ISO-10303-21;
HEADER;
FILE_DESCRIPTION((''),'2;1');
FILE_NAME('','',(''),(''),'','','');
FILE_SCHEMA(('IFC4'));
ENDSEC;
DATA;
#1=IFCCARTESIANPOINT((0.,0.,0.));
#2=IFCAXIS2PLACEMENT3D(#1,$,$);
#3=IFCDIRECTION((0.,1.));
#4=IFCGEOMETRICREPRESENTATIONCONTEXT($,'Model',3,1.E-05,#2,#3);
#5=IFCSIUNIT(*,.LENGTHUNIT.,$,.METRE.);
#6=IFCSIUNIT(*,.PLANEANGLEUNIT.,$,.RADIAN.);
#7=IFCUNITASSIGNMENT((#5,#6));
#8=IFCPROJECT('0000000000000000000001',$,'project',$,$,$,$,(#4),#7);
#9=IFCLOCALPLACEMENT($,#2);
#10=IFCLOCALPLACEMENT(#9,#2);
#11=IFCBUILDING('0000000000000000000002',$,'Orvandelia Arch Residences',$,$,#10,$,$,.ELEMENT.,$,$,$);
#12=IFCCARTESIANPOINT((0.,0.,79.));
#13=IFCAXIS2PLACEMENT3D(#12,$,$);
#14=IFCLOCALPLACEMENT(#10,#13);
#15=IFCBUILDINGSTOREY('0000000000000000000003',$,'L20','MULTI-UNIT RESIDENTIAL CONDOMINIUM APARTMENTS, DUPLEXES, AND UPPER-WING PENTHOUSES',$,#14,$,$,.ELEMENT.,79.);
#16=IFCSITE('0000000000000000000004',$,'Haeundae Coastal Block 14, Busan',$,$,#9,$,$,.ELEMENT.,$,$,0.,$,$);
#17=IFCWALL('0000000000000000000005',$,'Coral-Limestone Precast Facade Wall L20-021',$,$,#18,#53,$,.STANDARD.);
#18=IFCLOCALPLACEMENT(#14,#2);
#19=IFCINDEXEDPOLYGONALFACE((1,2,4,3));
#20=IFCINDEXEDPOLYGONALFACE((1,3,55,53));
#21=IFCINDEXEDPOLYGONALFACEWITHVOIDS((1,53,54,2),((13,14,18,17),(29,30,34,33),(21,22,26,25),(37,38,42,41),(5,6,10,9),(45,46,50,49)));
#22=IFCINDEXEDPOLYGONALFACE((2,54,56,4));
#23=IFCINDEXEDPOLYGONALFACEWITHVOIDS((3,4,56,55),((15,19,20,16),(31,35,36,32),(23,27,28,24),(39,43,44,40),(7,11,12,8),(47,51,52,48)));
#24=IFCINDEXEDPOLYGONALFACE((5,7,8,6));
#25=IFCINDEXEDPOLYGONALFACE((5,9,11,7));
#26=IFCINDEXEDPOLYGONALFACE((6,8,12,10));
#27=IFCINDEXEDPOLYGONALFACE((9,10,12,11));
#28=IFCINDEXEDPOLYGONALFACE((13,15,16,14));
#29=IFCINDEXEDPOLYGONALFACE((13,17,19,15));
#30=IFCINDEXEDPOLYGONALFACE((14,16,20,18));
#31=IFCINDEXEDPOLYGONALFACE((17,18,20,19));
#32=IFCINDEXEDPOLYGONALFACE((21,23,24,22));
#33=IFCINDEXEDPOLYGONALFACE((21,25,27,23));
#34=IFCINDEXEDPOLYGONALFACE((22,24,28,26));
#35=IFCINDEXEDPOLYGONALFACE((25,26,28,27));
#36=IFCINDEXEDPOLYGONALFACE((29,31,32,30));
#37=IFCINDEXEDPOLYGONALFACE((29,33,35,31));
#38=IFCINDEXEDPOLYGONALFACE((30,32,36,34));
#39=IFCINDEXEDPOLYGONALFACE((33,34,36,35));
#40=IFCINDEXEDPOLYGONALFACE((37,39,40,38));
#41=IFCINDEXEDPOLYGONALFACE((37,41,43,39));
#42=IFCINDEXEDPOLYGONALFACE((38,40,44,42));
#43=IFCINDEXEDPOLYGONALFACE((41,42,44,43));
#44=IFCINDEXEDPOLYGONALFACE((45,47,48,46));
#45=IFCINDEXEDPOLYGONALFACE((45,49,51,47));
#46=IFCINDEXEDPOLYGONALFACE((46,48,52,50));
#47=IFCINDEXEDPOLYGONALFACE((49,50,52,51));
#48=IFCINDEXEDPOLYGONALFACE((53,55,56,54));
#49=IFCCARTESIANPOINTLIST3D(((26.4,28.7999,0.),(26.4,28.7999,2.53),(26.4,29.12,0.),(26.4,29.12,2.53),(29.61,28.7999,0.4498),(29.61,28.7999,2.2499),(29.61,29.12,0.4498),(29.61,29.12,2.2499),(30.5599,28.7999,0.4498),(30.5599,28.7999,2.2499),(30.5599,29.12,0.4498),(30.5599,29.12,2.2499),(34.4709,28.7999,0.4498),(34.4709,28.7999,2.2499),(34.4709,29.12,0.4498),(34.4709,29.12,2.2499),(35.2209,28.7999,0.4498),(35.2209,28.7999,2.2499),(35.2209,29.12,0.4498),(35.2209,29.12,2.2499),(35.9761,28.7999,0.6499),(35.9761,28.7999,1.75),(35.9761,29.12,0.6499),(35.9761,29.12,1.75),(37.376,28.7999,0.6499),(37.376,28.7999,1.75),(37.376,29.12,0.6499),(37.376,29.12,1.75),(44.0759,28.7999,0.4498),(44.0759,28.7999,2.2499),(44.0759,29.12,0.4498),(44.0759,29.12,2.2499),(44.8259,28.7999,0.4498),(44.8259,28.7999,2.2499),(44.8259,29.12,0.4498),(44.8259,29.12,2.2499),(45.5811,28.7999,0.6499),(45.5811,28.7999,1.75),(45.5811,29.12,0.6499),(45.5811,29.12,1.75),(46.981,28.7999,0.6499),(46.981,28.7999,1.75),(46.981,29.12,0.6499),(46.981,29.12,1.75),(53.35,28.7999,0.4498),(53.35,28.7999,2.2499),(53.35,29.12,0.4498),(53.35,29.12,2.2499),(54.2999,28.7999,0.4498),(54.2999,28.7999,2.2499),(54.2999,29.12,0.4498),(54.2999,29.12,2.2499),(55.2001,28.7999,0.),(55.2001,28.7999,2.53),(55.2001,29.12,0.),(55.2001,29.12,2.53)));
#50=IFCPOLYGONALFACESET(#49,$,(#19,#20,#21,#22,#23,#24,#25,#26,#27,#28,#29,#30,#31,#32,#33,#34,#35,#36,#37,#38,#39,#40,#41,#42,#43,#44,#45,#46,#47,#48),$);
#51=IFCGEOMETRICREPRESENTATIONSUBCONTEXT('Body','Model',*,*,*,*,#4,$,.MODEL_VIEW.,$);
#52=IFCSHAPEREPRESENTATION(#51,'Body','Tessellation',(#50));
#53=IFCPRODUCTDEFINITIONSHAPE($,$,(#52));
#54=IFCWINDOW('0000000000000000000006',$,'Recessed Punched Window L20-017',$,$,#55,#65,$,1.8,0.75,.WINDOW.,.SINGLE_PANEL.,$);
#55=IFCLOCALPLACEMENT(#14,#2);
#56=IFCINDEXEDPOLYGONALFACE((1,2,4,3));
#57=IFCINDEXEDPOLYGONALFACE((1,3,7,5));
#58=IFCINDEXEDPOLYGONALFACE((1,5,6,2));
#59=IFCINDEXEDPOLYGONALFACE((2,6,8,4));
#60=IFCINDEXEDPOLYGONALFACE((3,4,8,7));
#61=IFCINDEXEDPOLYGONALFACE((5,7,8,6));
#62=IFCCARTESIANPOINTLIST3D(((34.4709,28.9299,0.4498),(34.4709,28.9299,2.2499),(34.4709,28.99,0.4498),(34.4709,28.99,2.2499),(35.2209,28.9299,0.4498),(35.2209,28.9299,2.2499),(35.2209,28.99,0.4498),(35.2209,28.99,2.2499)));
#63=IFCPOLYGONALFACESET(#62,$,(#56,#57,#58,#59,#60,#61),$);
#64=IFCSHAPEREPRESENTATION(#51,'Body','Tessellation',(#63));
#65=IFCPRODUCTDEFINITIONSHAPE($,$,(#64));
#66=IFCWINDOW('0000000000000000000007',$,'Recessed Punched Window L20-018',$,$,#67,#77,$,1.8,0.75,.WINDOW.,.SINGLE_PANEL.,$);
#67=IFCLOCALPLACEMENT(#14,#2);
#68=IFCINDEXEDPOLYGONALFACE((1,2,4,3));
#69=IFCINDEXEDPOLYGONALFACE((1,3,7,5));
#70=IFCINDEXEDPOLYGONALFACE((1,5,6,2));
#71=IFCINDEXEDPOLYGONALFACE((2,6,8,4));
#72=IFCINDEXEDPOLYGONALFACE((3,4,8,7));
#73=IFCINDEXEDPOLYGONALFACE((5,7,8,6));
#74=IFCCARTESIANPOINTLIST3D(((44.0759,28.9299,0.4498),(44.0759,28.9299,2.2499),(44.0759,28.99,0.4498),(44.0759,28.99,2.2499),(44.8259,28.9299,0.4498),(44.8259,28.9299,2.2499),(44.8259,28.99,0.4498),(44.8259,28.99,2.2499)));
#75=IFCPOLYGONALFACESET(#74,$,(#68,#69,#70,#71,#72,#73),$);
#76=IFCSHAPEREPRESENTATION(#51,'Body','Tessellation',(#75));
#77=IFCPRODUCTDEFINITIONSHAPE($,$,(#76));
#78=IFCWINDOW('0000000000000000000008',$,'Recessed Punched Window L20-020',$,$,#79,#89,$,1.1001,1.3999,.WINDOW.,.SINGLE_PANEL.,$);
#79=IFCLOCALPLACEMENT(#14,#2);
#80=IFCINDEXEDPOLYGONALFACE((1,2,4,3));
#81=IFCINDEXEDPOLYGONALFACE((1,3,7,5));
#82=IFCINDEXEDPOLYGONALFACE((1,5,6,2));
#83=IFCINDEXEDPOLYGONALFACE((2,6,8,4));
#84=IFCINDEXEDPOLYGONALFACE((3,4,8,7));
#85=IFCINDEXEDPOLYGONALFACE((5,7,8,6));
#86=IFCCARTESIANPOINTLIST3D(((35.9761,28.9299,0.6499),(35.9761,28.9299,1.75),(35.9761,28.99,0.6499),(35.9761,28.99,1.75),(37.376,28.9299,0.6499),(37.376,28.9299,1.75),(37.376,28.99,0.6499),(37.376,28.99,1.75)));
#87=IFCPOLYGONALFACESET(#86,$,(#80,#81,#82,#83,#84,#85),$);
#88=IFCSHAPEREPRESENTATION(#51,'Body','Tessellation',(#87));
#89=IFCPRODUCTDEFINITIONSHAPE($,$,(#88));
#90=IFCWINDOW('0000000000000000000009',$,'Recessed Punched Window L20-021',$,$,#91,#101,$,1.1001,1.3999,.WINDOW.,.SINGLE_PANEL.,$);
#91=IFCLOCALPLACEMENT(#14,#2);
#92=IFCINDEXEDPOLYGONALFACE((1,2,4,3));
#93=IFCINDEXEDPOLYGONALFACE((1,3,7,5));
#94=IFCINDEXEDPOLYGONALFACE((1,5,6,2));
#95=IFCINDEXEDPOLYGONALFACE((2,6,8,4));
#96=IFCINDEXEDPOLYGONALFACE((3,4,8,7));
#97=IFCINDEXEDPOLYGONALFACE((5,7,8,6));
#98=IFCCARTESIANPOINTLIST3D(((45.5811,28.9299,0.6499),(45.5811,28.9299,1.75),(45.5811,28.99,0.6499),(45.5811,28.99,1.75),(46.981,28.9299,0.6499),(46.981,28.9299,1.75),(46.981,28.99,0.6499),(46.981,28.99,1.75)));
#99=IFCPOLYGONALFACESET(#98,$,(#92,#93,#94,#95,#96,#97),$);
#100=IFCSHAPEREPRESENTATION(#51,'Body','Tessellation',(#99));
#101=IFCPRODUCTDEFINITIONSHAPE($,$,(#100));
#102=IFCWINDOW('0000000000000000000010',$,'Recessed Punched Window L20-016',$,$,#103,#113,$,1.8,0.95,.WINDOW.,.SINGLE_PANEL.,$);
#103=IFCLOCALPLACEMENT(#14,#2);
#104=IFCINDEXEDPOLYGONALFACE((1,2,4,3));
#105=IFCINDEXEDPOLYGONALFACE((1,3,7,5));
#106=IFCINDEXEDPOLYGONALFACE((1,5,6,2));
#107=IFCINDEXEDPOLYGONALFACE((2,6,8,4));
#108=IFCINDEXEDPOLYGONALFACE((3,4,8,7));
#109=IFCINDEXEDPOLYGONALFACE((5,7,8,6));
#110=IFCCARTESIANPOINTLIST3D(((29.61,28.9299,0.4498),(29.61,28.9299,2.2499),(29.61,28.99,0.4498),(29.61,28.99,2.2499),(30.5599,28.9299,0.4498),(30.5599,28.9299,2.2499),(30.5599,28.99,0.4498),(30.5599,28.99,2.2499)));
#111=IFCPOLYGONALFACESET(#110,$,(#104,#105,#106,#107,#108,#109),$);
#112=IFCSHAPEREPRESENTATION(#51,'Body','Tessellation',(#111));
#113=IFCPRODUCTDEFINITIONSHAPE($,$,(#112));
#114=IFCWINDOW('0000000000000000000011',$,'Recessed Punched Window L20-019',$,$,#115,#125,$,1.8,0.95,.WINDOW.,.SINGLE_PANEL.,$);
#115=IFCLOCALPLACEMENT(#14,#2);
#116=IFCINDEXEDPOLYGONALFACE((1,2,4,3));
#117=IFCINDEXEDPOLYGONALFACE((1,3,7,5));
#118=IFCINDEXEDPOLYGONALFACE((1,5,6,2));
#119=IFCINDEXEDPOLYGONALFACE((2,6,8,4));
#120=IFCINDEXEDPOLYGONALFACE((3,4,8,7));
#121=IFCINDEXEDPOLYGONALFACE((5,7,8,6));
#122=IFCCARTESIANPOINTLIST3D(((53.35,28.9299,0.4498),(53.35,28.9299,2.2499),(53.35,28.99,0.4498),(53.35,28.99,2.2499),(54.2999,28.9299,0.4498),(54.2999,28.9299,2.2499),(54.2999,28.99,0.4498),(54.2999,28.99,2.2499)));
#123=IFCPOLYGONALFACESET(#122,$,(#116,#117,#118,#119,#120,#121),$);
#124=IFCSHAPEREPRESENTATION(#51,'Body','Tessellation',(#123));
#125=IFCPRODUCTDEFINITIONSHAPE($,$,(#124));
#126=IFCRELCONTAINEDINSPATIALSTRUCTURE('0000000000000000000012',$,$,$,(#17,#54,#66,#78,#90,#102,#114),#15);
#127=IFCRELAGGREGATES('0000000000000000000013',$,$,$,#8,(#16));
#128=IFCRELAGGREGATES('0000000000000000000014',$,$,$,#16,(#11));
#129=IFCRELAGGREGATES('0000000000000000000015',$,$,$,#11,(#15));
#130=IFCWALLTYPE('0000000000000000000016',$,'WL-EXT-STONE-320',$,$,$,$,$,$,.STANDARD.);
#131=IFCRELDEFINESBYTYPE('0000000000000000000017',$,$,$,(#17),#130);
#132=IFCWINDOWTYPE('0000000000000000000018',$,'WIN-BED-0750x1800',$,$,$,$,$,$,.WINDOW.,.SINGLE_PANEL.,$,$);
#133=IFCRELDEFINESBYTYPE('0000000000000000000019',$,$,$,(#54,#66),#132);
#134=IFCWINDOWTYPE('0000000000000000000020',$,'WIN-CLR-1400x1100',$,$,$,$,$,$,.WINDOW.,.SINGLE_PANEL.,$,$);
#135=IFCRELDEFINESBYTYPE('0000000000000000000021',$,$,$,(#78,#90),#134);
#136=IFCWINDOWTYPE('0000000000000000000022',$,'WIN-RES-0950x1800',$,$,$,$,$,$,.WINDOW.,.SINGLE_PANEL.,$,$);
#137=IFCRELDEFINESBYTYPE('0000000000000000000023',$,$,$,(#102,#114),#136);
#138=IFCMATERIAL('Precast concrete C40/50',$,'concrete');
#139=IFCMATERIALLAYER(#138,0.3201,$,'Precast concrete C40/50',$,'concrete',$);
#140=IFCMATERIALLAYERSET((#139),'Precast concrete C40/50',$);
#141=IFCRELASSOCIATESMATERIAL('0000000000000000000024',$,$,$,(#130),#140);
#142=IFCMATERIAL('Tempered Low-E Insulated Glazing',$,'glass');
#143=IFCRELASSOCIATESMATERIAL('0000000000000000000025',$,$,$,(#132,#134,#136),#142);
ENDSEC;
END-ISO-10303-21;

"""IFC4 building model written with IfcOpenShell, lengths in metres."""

from ifc_helpers import new_model, si_unit, direction, frame, frame_2d, origin, place, context, subcontext, project, spatial, rectangle, extrude, material, layer, layer_set, type_object, element, fill, save


model = new_model("IFC4")

# Units and contexts
model_context = context("Model", 3, precision=1e-05, world=origin(), true_north=direction((0.0, 1.0)))
body_context = subcontext(model_context, "Body", "Model", "MODEL_VIEW")
ifc_project = project(units=[si_unit("LENGTHUNIT", "METRE"), si_unit("PLANEANGLEUNIT", "RADIAN")], contexts=[model_context])

# Site, building, storey
site_placement = place(None, origin())
site = spatial("IfcSite", under=ifc_project, at=site_placement, Name="Haeundae Coastal Block 14, Busan", CompositionType="ELEMENT", RefElevation=0.0)
building_placement = place(site_placement, origin())
building = spatial("IfcBuilding", under=site, at=building_placement, Name="Orvandelia Arch Residences", CompositionType="ELEMENT")
storey_placement = place(building_placement, frame((0.0, 0.0, 79.0)))
storey = spatial("IfcBuildingStorey", under=building, at=storey_placement, Name="L20", Description="MULTI-UNIT RESIDENTIAL CONDOMINIUM APARTMENTS, DUPLEXES, AND UPPER-WING PENTHOUSES", CompositionType="ELEMENT", Elevation=79.0)

# Shared definitions
ifc_material_1 = material(Name="Precast concrete C40/50", Category="concrete")
ifc_layer_1 = layer(ifc_material_1, 0.3201, Name="Precast concrete C40/50", Category="concrete")
ifc_layer_set_1 = layer_set([ifc_layer_1], Name="Precast concrete C40/50")
wall_type_1 = type_object("IfcWallType", Name="WL-EXT-STONE-320", PredefinedType="STANDARD", material=ifc_layer_set_1)

# Wall, openings, windows
wall_1_placement = place(storey_placement, frame((55.2, 28.96, 0.0), z_axis=(0.0, 0.0, 1.0), x_axis=(-1.0, 0.0, 0.0)))
wall_1 = element("IfcWall", 1, at=wall_1_placement, inside=storey, type_object=wall_type_1, Name="Coral-Limestone Precast Facade Wall L20-021", PredefinedType="STANDARD", context=body_context, shape_type="SweptSolid", body=[
    extrude(rectangle(XDim=28.8, YDim=0.3201, at=frame_2d((14.3999, 0.0))), origin(), (0.0, 0.0, 1.0), 2.53),
])
opening_1_placement = place(wall_1_placement, frame((24.6399, 0.0, 0.45)))
opening_1 = element("IfcOpeningElement", 2, at=opening_1_placement, cuts=wall_1, PredefinedType="OPENING", context=body_context, shape_type="SweptSolid", body=[
    extrude(rectangle(XDim=0.95, YDim=1.8, at=frame_2d((0.4751, 0.8999))), frame((0.0, 0.1699, 0.0), z_axis=(0.0, -1.0, 0.0), x_axis=(1.0, 0.0, 0.0)), (0.0, 0.0, 1.0), 0.3401),
])
opening_2_placement = place(wall_1_placement, frame((19.979, 0.0, 0.45)))
opening_2 = element("IfcOpeningElement", 3, at=opening_2_placement, cuts=wall_1, PredefinedType="OPENING", context=body_context, shape_type="SweptSolid", body=[
    extrude(rectangle(XDim=0.75, YDim=1.8, at=frame_2d((0.375, 0.8999))), frame((0.0, 0.1699, 0.0), z_axis=(0.0, -1.0, 0.0), x_axis=(1.0, 0.0, 0.0)), (0.0, 0.0, 1.0), 0.3401),
])
opening_3_placement = place(wall_1_placement, frame((10.374, 0.0, 0.45)))
opening_3 = element("IfcOpeningElement", 4, at=opening_3_placement, cuts=wall_1, PredefinedType="OPENING", context=body_context, shape_type="SweptSolid", body=[
    extrude(rectangle(XDim=0.75, YDim=1.8, at=frame_2d((0.375, 0.8999))), frame((0.0, 0.1699, 0.0), z_axis=(0.0, -1.0, 0.0), x_axis=(1.0, 0.0, 0.0)), (0.0, 0.0, 1.0), 0.3401),
])
opening_4_placement = place(wall_1_placement, frame((0.8999, 0.0, 0.45)))
opening_4 = element("IfcOpeningElement", 5, at=opening_4_placement, cuts=wall_1, PredefinedType="OPENING", context=body_context, shape_type="SweptSolid", body=[
    extrude(rectangle(XDim=0.95, YDim=1.8, at=frame_2d((0.4751, 0.8999))), frame((0.0, 0.1699, 0.0), z_axis=(0.0, -1.0, 0.0), x_axis=(1.0, 0.0, 0.0)), (0.0, 0.0, 1.0), 0.3401),
])
opening_5_placement = place(wall_1_placement, frame((17.824, 0.0, 0.6499)))
opening_5 = element("IfcOpeningElement", 6, at=opening_5_placement, cuts=wall_1, PredefinedType="OPENING", context=body_context, shape_type="SweptSolid", body=[
    extrude(rectangle(XDim=1.3999, YDim=1.1001, at=frame_2d((0.7, 0.55))), frame((0.0, 0.1699, 0.0), z_axis=(0.0, -1.0, 0.0), x_axis=(1.0, 0.0, 0.0)), (0.0, 0.0, 1.0), 0.3401),
])
opening_6_placement = place(wall_1_placement, frame((8.219, 0.0, 0.6499)))
opening_6 = element("IfcOpeningElement", 7, at=opening_6_placement, cuts=wall_1, PredefinedType="OPENING", context=body_context, shape_type="SweptSolid", body=[
    extrude(rectangle(XDim=1.3999, YDim=1.1001, at=frame_2d((0.7, 0.55))), frame((0.0, 0.1699, 0.0), z_axis=(0.0, -1.0, 0.0), x_axis=(1.0, 0.0, 0.0)), (0.0, 0.0, 1.0), 0.3401),
])
ifc_material_2 = material(Name="Tempered Low-E Insulated Glazing", Category="glass")
window_type_1 = type_object("IfcWindowType", Name="WIN-BED-0750x1800", PartitioningType="SINGLE_PANEL", PredefinedType="WINDOW", material=ifc_material_2)
window_1_placement = place(opening_2_placement, origin())
window_1 = element("IfcWindow", 8, at=window_1_placement, inside=storey, type_object=window_type_1, Name="Recessed Punched Window L20-017", OverallHeight=1.8, OverallWidth=0.75, PartitioningType="SINGLE_PANEL", PredefinedType="WINDOW", context=body_context, shape_type="SweptSolid", body=[
    extrude(rectangle(XDim=0.75, YDim=1.8, at=frame_2d((0.375, 0.8999))), frame((0.0, 0.03, 0.0), z_axis=(0.0, -1.0, 0.0), x_axis=(1.0, 0.0, 0.0)), (0.0, 0.0, 1.0), 0.0601),
])
fill(opening_2, window_1)
window_2_placement = place(opening_3_placement, origin())
window_2 = element("IfcWindow", 9, at=window_2_placement, inside=storey, type_object=window_type_1, Name="Recessed Punched Window L20-018", OverallHeight=1.8, OverallWidth=0.75, PartitioningType="SINGLE_PANEL", PredefinedType="WINDOW", context=body_context, shape_type="SweptSolid", body=[
    extrude(rectangle(XDim=0.75, YDim=1.8, at=frame_2d((0.375, 0.8999))), frame((0.0, 0.03, 0.0), z_axis=(0.0, -1.0, 0.0), x_axis=(1.0, 0.0, 0.0)), (0.0, 0.0, 1.0), 0.0601),
])
fill(opening_3, window_2)
window_type_2 = type_object("IfcWindowType", Name="WIN-CLR-1400x1100", PartitioningType="SINGLE_PANEL", PredefinedType="WINDOW", material=ifc_material_2)
window_3_placement = place(opening_5_placement, origin())
window_3 = element("IfcWindow", 10, at=window_3_placement, inside=storey, type_object=window_type_2, Name="Recessed Punched Window L20-020", OverallHeight=1.1001, OverallWidth=1.3999, PartitioningType="SINGLE_PANEL", PredefinedType="WINDOW", context=body_context, shape_type="SweptSolid", body=[
    extrude(rectangle(XDim=1.3999, YDim=1.1001, at=frame_2d((0.7, 0.55))), frame((0.0, 0.03, 0.0), z_axis=(0.0, -1.0, 0.0), x_axis=(1.0, 0.0, 0.0)), (0.0, 0.0, 1.0), 0.0601),
])
fill(opening_5, window_3)
window_4_placement = place(opening_6_placement, origin())
window_4 = element("IfcWindow", 11, at=window_4_placement, inside=storey, type_object=window_type_2, Name="Recessed Punched Window L20-021", OverallHeight=1.1001, OverallWidth=1.3999, PartitioningType="SINGLE_PANEL", PredefinedType="WINDOW", context=body_context, shape_type="SweptSolid", body=[
    extrude(rectangle(XDim=1.3999, YDim=1.1001, at=frame_2d((0.7, 0.55))), frame((0.0, 0.03, 0.0), z_axis=(0.0, -1.0, 0.0), x_axis=(1.0, 0.0, 0.0)), (0.0, 0.0, 1.0), 0.0601),
])
fill(opening_6, window_4)
window_type_3 = type_object("IfcWindowType", Name="WIN-RES-0950x1800", PartitioningType="SINGLE_PANEL", PredefinedType="WINDOW", material=ifc_material_2)
window_5_placement = place(opening_1_placement, origin())
window_5 = element("IfcWindow", 12, at=window_5_placement, inside=storey, type_object=window_type_3, Name="Recessed Punched Window L20-016", OverallHeight=1.8, OverallWidth=0.95, PartitioningType="SINGLE_PANEL", PredefinedType="WINDOW", context=body_context, shape_type="SweptSolid", body=[
    extrude(rectangle(XDim=0.95, YDim=1.8, at=frame_2d((0.4751, 0.8999))), frame((0.0, 0.03, 0.0), z_axis=(0.0, -1.0, 0.0), x_axis=(1.0, 0.0, 0.0)), (0.0, 0.0, 1.0), 0.0601),
])
fill(opening_1, window_5)
window_6_placement = place(opening_4_placement, origin())
window_6 = element("IfcWindow", 13, at=window_6_placement, inside=storey, type_object=window_type_3, Name="Recessed Punched Window L20-019", OverallHeight=1.8, OverallWidth=0.95, PartitioningType="SINGLE_PANEL", PredefinedType="WINDOW", context=body_context, shape_type="SweptSolid", body=[
    extrude(rectangle(XDim=0.95, YDim=1.8, at=frame_2d((0.4751, 0.8999))), frame((0.0, 0.03, 0.0), z_axis=(0.0, -1.0, 0.0), x_axis=(1.0, 0.0, 0.0)), (0.0, 0.0, 1.0), 0.0601),
])
fill(opening_4, window_6)

save(model, "model.ifc")
